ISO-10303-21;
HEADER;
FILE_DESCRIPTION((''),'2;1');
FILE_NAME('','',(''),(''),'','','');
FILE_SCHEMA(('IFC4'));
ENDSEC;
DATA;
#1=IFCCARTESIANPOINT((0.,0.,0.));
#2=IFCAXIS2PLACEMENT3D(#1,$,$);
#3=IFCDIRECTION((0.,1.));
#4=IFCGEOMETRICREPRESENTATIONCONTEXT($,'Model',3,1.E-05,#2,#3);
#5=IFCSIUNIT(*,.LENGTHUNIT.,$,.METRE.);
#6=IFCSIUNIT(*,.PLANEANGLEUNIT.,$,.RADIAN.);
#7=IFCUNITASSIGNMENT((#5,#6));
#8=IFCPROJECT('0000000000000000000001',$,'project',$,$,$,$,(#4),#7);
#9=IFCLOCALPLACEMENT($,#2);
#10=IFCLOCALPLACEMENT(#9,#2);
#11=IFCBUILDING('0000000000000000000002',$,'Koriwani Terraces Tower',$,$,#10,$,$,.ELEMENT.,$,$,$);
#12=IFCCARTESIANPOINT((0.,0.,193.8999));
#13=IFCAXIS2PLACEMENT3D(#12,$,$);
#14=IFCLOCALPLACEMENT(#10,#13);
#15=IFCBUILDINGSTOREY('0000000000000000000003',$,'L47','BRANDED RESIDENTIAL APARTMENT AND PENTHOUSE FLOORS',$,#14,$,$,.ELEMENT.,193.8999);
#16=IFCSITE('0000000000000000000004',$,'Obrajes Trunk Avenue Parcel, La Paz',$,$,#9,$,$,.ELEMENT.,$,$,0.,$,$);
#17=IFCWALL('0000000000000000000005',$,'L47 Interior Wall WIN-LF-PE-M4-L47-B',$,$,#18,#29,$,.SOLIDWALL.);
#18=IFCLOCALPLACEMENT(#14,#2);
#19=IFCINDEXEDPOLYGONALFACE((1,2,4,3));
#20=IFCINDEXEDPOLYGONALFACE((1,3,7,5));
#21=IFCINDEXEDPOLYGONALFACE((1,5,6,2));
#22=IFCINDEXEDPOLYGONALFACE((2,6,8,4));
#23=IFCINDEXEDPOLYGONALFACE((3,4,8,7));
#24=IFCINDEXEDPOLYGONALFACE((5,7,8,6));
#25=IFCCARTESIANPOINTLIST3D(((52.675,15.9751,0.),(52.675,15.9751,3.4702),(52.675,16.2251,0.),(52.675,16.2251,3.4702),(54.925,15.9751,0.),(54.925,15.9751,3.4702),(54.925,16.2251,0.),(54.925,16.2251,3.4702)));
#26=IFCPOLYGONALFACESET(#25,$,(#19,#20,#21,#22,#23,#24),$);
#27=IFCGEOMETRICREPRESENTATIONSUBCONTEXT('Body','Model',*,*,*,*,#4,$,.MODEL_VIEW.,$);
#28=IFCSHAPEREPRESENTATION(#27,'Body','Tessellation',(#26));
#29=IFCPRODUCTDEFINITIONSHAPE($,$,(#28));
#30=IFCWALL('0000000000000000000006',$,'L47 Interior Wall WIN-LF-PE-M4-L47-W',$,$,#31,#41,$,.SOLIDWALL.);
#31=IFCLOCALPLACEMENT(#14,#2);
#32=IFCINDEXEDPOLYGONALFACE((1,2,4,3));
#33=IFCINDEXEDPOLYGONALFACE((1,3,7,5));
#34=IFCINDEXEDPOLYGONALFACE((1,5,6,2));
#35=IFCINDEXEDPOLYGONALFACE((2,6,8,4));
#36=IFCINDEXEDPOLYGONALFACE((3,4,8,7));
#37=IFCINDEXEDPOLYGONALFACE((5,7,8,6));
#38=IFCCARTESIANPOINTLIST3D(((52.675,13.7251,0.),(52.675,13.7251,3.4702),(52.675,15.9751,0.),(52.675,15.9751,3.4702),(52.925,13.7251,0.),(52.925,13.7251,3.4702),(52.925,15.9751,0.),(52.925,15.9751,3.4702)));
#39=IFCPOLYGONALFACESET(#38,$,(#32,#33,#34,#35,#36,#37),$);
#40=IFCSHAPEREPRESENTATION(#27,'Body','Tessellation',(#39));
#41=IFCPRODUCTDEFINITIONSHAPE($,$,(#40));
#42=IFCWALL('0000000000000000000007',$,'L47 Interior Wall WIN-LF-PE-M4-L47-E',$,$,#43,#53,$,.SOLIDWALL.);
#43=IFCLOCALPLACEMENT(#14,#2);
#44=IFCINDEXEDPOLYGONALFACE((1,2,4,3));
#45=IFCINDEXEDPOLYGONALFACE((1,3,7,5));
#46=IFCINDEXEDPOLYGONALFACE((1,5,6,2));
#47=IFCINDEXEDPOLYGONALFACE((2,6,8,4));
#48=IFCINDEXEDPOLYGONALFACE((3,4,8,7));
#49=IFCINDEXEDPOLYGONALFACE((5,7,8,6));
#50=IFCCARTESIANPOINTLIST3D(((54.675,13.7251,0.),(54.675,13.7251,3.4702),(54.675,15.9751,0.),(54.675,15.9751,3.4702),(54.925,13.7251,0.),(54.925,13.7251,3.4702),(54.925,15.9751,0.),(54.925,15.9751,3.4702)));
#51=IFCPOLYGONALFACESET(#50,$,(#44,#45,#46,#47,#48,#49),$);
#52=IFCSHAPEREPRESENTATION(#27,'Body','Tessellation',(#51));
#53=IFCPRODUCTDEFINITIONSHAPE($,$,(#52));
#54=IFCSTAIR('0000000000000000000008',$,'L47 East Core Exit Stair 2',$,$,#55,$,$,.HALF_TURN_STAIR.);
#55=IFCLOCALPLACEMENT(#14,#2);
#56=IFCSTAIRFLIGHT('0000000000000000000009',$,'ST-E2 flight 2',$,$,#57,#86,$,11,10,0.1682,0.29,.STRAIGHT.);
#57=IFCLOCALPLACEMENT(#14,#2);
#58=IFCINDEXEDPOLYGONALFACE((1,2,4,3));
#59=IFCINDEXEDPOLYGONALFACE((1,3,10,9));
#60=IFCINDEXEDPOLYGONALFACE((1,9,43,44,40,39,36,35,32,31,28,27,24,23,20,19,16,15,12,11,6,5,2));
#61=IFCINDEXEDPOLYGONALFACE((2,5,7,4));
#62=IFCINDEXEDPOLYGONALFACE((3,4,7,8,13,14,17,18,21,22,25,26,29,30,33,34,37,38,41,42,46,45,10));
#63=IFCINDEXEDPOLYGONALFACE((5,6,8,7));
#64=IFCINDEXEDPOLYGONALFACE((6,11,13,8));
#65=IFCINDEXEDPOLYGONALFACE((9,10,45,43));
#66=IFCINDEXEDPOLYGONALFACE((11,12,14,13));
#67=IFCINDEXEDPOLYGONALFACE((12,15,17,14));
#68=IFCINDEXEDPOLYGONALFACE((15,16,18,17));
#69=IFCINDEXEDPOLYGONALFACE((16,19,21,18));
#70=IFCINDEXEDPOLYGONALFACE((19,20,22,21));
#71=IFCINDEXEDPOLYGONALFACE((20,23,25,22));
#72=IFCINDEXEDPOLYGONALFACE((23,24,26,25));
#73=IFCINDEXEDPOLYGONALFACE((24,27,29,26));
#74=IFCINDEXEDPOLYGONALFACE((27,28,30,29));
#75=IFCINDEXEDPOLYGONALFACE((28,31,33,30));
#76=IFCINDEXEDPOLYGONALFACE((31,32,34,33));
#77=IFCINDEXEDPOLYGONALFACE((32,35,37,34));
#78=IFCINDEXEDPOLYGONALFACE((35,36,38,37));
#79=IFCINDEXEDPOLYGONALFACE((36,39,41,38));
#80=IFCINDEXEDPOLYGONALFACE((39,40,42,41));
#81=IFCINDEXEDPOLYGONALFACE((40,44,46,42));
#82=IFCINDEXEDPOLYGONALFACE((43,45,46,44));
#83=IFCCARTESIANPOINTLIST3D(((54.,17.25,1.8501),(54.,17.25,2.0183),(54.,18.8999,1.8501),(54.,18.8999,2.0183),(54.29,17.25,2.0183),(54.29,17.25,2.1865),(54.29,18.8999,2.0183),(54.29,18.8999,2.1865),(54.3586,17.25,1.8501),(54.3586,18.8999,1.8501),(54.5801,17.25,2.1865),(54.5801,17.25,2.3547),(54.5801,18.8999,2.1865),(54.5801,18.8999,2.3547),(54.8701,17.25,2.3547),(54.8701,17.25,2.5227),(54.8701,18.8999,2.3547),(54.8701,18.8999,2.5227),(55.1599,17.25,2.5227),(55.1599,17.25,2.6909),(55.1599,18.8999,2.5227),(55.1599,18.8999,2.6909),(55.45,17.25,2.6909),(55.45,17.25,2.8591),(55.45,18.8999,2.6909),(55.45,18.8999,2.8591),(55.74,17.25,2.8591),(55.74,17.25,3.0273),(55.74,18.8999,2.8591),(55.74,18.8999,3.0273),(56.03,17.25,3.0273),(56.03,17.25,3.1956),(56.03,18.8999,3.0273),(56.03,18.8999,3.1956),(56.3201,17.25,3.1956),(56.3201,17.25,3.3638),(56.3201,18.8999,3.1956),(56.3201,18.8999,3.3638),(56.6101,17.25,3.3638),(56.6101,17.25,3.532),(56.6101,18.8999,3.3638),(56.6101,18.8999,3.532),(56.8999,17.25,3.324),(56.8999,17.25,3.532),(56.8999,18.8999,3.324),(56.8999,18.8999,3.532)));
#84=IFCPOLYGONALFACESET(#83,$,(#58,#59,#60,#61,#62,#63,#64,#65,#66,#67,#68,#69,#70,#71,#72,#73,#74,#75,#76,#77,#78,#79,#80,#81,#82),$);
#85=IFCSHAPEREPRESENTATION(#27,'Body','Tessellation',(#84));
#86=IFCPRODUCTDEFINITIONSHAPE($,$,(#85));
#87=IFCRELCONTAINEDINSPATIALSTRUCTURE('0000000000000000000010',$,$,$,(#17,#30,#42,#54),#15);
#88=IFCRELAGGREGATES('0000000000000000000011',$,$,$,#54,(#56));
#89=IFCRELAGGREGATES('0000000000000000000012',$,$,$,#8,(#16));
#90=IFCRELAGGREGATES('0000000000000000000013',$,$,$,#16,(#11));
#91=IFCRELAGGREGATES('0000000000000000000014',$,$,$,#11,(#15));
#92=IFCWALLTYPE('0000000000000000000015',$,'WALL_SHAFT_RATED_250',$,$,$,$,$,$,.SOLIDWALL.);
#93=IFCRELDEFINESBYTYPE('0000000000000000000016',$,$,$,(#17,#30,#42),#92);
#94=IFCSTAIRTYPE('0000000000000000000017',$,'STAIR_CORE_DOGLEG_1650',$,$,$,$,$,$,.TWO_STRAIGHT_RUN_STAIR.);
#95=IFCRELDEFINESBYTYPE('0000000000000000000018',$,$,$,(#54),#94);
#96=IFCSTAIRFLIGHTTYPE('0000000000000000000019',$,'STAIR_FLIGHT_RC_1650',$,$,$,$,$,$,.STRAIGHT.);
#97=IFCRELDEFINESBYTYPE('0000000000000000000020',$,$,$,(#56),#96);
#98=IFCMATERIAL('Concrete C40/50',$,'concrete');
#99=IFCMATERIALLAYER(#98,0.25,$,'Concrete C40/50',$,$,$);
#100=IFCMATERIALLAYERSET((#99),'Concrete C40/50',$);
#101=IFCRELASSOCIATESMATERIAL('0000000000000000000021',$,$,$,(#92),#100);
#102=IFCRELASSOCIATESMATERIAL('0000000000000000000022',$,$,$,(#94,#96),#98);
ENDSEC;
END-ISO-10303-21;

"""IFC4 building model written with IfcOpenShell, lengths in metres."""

from ifc_helpers import new_model, si_unit, direction, frame, frame_2d, origin, place, context, subcontext, project, spatial, polyline, rectangle, outline, extrude, material, layer, layer_set, type_object, element, aggregate, save


model = new_model("IFC4")

# Units and contexts
model_context = context("Model", 3, precision=1e-05, world=origin(), true_north=direction((0.0, 1.0)))
body_context = subcontext(model_context, "Body", "Model", "MODEL_VIEW")
ifc_project = project(units=[si_unit("LENGTHUNIT", "METRE"), si_unit("PLANEANGLEUNIT", "RADIAN")], contexts=[model_context])

# Site, building, storey
site_placement = place(None, origin())
site = spatial("IfcSite", under=ifc_project, at=site_placement, Name="Obrajes Trunk Avenue Parcel, La Paz", CompositionType="ELEMENT", RefElevation=0.0)
building_placement = place(site_placement, origin())
building = spatial("IfcBuilding", under=site, at=building_placement, Name="Koriwani Terraces Tower", CompositionType="ELEMENT")
storey_placement = place(building_placement, frame((0.0, 0.0, 193.8999)))
storey = spatial("IfcBuildingStorey", under=building, at=storey_placement, Name="L47", Description="BRANDED RESIDENTIAL APARTMENT AND PENTHOUSE FLOORS", CompositionType="ELEMENT", Elevation=193.8999)

# Shared definitions
ifc_material_1 = material(Name="Concrete C40/50", Category="concrete")

# Shared definitions
ifc_layer_1 = layer(ifc_material_1, 0.25, Name="Concrete C40/50")
ifc_layer_set_1 = layer_set([ifc_layer_1], Name="Concrete C40/50")
wall_type_1 = type_object("IfcWallType", Name="WALL_SHAFT_RATED_250", PredefinedType="SOLIDWALL", material=ifc_layer_set_1)

# Walls
for number, where, z_axis, x_axis, name in (
    (1, (52.675, 16.1001, 0.0), (0.0, 0.0, 1.0), (1.0, 0.0, 0.0), "L47 Interior Wall WIN-LF-PE-M4-L47-B"),
    (2, (52.8, 13.7251, 0.0), (0.0, 0.0, 1.0), (0.0, 1.0, 0.0), "L47 Interior Wall WIN-LF-PE-M4-L47-W"),
    (3, (54.8, 13.7251, 0.0), (0.0, 0.0, 1.0), (0.0, 1.0, 0.0), "L47 Interior Wall WIN-LF-PE-M4-L47-E"),
):
    element("IfcWall", number, at=place(storey_placement, frame(where, z_axis=z_axis, x_axis=x_axis)), inside=storey, type_object=wall_type_1, Name=name, PredefinedType="SOLIDWALL", context=body_context, shape_type="SweptSolid", body=[
        extrude(rectangle(XDim=2.25, YDim=0.25, at=frame_2d((1.125, 0.0))), origin(), (0.0, 0.0, 1.0), 3.4702),
    ])

# Stair, stair flight
stair_type = type_object("IfcStairType", Name="STAIR_CORE_DOGLEG_1650", PredefinedType="TWO_STRAIGHT_RUN_STAIR", material=ifc_material_1)
stair_placement = place(storey_placement, origin())
stair = element("IfcStair", 4, at=stair_placement, inside=storey, type_object=stair_type, Name="L47 East Core Exit Stair 2", PredefinedType="HALF_TURN_STAIR")
stair_flight_type = type_object("IfcStairFlightType", Name="STAIR_FLIGHT_RC_1650", PredefinedType="STRAIGHT", material=ifc_material_1)
stair_flight_placement = place(storey_placement, frame((54.0, 18.075, 1.8501), z_axis=(0.0, 0.0, 1.0), x_axis=(1.0, 0.0, 0.0)))
stair_flight = element("IfcStairFlight", 5, at=stair_flight_placement, type_object=stair_flight_type, Name="ST-E2 flight 2", NumberOfRisers=11, NumberOfTreads=10, PredefinedType="STRAIGHT", RiserHeight=0.1682, TreadLength=0.29, context=body_context, shape_type="SweptSolid", body=[
    extrude(outline(polyline([(0.0, 0.0), (0.0, 0.1682), (0.29, 0.1682), (0.29, 0.3364), (0.5801, 0.3364), (0.5801, 0.5046), (0.8701, 0.5046), (0.8701, 0.6726), (1.1599, 0.6726), (1.1599, 0.8408), (1.45, 0.8408), (1.45, 1.009), (1.74, 1.009), (1.74, 1.1772), (2.03, 1.1772), (2.03, 1.3455), (2.3201, 1.3455), (2.3201, 1.5137), (2.6101, 1.5137), (2.6101, 1.6819), (2.8999, 1.6819), (2.8999, 1.8501), (2.8999, 1.4739), (0.3586, 0.0), (0.0, 0.0)])), frame((0.0, 0.825, 0.0), z_axis=(0.0, -1.0, 0.0), x_axis=(1.0, 0.0, 0.0)), (0.0, 0.0, 1.0), 1.6499),
])
aggregate(stair, [stair_flight])

save(model, "model.ifc")
